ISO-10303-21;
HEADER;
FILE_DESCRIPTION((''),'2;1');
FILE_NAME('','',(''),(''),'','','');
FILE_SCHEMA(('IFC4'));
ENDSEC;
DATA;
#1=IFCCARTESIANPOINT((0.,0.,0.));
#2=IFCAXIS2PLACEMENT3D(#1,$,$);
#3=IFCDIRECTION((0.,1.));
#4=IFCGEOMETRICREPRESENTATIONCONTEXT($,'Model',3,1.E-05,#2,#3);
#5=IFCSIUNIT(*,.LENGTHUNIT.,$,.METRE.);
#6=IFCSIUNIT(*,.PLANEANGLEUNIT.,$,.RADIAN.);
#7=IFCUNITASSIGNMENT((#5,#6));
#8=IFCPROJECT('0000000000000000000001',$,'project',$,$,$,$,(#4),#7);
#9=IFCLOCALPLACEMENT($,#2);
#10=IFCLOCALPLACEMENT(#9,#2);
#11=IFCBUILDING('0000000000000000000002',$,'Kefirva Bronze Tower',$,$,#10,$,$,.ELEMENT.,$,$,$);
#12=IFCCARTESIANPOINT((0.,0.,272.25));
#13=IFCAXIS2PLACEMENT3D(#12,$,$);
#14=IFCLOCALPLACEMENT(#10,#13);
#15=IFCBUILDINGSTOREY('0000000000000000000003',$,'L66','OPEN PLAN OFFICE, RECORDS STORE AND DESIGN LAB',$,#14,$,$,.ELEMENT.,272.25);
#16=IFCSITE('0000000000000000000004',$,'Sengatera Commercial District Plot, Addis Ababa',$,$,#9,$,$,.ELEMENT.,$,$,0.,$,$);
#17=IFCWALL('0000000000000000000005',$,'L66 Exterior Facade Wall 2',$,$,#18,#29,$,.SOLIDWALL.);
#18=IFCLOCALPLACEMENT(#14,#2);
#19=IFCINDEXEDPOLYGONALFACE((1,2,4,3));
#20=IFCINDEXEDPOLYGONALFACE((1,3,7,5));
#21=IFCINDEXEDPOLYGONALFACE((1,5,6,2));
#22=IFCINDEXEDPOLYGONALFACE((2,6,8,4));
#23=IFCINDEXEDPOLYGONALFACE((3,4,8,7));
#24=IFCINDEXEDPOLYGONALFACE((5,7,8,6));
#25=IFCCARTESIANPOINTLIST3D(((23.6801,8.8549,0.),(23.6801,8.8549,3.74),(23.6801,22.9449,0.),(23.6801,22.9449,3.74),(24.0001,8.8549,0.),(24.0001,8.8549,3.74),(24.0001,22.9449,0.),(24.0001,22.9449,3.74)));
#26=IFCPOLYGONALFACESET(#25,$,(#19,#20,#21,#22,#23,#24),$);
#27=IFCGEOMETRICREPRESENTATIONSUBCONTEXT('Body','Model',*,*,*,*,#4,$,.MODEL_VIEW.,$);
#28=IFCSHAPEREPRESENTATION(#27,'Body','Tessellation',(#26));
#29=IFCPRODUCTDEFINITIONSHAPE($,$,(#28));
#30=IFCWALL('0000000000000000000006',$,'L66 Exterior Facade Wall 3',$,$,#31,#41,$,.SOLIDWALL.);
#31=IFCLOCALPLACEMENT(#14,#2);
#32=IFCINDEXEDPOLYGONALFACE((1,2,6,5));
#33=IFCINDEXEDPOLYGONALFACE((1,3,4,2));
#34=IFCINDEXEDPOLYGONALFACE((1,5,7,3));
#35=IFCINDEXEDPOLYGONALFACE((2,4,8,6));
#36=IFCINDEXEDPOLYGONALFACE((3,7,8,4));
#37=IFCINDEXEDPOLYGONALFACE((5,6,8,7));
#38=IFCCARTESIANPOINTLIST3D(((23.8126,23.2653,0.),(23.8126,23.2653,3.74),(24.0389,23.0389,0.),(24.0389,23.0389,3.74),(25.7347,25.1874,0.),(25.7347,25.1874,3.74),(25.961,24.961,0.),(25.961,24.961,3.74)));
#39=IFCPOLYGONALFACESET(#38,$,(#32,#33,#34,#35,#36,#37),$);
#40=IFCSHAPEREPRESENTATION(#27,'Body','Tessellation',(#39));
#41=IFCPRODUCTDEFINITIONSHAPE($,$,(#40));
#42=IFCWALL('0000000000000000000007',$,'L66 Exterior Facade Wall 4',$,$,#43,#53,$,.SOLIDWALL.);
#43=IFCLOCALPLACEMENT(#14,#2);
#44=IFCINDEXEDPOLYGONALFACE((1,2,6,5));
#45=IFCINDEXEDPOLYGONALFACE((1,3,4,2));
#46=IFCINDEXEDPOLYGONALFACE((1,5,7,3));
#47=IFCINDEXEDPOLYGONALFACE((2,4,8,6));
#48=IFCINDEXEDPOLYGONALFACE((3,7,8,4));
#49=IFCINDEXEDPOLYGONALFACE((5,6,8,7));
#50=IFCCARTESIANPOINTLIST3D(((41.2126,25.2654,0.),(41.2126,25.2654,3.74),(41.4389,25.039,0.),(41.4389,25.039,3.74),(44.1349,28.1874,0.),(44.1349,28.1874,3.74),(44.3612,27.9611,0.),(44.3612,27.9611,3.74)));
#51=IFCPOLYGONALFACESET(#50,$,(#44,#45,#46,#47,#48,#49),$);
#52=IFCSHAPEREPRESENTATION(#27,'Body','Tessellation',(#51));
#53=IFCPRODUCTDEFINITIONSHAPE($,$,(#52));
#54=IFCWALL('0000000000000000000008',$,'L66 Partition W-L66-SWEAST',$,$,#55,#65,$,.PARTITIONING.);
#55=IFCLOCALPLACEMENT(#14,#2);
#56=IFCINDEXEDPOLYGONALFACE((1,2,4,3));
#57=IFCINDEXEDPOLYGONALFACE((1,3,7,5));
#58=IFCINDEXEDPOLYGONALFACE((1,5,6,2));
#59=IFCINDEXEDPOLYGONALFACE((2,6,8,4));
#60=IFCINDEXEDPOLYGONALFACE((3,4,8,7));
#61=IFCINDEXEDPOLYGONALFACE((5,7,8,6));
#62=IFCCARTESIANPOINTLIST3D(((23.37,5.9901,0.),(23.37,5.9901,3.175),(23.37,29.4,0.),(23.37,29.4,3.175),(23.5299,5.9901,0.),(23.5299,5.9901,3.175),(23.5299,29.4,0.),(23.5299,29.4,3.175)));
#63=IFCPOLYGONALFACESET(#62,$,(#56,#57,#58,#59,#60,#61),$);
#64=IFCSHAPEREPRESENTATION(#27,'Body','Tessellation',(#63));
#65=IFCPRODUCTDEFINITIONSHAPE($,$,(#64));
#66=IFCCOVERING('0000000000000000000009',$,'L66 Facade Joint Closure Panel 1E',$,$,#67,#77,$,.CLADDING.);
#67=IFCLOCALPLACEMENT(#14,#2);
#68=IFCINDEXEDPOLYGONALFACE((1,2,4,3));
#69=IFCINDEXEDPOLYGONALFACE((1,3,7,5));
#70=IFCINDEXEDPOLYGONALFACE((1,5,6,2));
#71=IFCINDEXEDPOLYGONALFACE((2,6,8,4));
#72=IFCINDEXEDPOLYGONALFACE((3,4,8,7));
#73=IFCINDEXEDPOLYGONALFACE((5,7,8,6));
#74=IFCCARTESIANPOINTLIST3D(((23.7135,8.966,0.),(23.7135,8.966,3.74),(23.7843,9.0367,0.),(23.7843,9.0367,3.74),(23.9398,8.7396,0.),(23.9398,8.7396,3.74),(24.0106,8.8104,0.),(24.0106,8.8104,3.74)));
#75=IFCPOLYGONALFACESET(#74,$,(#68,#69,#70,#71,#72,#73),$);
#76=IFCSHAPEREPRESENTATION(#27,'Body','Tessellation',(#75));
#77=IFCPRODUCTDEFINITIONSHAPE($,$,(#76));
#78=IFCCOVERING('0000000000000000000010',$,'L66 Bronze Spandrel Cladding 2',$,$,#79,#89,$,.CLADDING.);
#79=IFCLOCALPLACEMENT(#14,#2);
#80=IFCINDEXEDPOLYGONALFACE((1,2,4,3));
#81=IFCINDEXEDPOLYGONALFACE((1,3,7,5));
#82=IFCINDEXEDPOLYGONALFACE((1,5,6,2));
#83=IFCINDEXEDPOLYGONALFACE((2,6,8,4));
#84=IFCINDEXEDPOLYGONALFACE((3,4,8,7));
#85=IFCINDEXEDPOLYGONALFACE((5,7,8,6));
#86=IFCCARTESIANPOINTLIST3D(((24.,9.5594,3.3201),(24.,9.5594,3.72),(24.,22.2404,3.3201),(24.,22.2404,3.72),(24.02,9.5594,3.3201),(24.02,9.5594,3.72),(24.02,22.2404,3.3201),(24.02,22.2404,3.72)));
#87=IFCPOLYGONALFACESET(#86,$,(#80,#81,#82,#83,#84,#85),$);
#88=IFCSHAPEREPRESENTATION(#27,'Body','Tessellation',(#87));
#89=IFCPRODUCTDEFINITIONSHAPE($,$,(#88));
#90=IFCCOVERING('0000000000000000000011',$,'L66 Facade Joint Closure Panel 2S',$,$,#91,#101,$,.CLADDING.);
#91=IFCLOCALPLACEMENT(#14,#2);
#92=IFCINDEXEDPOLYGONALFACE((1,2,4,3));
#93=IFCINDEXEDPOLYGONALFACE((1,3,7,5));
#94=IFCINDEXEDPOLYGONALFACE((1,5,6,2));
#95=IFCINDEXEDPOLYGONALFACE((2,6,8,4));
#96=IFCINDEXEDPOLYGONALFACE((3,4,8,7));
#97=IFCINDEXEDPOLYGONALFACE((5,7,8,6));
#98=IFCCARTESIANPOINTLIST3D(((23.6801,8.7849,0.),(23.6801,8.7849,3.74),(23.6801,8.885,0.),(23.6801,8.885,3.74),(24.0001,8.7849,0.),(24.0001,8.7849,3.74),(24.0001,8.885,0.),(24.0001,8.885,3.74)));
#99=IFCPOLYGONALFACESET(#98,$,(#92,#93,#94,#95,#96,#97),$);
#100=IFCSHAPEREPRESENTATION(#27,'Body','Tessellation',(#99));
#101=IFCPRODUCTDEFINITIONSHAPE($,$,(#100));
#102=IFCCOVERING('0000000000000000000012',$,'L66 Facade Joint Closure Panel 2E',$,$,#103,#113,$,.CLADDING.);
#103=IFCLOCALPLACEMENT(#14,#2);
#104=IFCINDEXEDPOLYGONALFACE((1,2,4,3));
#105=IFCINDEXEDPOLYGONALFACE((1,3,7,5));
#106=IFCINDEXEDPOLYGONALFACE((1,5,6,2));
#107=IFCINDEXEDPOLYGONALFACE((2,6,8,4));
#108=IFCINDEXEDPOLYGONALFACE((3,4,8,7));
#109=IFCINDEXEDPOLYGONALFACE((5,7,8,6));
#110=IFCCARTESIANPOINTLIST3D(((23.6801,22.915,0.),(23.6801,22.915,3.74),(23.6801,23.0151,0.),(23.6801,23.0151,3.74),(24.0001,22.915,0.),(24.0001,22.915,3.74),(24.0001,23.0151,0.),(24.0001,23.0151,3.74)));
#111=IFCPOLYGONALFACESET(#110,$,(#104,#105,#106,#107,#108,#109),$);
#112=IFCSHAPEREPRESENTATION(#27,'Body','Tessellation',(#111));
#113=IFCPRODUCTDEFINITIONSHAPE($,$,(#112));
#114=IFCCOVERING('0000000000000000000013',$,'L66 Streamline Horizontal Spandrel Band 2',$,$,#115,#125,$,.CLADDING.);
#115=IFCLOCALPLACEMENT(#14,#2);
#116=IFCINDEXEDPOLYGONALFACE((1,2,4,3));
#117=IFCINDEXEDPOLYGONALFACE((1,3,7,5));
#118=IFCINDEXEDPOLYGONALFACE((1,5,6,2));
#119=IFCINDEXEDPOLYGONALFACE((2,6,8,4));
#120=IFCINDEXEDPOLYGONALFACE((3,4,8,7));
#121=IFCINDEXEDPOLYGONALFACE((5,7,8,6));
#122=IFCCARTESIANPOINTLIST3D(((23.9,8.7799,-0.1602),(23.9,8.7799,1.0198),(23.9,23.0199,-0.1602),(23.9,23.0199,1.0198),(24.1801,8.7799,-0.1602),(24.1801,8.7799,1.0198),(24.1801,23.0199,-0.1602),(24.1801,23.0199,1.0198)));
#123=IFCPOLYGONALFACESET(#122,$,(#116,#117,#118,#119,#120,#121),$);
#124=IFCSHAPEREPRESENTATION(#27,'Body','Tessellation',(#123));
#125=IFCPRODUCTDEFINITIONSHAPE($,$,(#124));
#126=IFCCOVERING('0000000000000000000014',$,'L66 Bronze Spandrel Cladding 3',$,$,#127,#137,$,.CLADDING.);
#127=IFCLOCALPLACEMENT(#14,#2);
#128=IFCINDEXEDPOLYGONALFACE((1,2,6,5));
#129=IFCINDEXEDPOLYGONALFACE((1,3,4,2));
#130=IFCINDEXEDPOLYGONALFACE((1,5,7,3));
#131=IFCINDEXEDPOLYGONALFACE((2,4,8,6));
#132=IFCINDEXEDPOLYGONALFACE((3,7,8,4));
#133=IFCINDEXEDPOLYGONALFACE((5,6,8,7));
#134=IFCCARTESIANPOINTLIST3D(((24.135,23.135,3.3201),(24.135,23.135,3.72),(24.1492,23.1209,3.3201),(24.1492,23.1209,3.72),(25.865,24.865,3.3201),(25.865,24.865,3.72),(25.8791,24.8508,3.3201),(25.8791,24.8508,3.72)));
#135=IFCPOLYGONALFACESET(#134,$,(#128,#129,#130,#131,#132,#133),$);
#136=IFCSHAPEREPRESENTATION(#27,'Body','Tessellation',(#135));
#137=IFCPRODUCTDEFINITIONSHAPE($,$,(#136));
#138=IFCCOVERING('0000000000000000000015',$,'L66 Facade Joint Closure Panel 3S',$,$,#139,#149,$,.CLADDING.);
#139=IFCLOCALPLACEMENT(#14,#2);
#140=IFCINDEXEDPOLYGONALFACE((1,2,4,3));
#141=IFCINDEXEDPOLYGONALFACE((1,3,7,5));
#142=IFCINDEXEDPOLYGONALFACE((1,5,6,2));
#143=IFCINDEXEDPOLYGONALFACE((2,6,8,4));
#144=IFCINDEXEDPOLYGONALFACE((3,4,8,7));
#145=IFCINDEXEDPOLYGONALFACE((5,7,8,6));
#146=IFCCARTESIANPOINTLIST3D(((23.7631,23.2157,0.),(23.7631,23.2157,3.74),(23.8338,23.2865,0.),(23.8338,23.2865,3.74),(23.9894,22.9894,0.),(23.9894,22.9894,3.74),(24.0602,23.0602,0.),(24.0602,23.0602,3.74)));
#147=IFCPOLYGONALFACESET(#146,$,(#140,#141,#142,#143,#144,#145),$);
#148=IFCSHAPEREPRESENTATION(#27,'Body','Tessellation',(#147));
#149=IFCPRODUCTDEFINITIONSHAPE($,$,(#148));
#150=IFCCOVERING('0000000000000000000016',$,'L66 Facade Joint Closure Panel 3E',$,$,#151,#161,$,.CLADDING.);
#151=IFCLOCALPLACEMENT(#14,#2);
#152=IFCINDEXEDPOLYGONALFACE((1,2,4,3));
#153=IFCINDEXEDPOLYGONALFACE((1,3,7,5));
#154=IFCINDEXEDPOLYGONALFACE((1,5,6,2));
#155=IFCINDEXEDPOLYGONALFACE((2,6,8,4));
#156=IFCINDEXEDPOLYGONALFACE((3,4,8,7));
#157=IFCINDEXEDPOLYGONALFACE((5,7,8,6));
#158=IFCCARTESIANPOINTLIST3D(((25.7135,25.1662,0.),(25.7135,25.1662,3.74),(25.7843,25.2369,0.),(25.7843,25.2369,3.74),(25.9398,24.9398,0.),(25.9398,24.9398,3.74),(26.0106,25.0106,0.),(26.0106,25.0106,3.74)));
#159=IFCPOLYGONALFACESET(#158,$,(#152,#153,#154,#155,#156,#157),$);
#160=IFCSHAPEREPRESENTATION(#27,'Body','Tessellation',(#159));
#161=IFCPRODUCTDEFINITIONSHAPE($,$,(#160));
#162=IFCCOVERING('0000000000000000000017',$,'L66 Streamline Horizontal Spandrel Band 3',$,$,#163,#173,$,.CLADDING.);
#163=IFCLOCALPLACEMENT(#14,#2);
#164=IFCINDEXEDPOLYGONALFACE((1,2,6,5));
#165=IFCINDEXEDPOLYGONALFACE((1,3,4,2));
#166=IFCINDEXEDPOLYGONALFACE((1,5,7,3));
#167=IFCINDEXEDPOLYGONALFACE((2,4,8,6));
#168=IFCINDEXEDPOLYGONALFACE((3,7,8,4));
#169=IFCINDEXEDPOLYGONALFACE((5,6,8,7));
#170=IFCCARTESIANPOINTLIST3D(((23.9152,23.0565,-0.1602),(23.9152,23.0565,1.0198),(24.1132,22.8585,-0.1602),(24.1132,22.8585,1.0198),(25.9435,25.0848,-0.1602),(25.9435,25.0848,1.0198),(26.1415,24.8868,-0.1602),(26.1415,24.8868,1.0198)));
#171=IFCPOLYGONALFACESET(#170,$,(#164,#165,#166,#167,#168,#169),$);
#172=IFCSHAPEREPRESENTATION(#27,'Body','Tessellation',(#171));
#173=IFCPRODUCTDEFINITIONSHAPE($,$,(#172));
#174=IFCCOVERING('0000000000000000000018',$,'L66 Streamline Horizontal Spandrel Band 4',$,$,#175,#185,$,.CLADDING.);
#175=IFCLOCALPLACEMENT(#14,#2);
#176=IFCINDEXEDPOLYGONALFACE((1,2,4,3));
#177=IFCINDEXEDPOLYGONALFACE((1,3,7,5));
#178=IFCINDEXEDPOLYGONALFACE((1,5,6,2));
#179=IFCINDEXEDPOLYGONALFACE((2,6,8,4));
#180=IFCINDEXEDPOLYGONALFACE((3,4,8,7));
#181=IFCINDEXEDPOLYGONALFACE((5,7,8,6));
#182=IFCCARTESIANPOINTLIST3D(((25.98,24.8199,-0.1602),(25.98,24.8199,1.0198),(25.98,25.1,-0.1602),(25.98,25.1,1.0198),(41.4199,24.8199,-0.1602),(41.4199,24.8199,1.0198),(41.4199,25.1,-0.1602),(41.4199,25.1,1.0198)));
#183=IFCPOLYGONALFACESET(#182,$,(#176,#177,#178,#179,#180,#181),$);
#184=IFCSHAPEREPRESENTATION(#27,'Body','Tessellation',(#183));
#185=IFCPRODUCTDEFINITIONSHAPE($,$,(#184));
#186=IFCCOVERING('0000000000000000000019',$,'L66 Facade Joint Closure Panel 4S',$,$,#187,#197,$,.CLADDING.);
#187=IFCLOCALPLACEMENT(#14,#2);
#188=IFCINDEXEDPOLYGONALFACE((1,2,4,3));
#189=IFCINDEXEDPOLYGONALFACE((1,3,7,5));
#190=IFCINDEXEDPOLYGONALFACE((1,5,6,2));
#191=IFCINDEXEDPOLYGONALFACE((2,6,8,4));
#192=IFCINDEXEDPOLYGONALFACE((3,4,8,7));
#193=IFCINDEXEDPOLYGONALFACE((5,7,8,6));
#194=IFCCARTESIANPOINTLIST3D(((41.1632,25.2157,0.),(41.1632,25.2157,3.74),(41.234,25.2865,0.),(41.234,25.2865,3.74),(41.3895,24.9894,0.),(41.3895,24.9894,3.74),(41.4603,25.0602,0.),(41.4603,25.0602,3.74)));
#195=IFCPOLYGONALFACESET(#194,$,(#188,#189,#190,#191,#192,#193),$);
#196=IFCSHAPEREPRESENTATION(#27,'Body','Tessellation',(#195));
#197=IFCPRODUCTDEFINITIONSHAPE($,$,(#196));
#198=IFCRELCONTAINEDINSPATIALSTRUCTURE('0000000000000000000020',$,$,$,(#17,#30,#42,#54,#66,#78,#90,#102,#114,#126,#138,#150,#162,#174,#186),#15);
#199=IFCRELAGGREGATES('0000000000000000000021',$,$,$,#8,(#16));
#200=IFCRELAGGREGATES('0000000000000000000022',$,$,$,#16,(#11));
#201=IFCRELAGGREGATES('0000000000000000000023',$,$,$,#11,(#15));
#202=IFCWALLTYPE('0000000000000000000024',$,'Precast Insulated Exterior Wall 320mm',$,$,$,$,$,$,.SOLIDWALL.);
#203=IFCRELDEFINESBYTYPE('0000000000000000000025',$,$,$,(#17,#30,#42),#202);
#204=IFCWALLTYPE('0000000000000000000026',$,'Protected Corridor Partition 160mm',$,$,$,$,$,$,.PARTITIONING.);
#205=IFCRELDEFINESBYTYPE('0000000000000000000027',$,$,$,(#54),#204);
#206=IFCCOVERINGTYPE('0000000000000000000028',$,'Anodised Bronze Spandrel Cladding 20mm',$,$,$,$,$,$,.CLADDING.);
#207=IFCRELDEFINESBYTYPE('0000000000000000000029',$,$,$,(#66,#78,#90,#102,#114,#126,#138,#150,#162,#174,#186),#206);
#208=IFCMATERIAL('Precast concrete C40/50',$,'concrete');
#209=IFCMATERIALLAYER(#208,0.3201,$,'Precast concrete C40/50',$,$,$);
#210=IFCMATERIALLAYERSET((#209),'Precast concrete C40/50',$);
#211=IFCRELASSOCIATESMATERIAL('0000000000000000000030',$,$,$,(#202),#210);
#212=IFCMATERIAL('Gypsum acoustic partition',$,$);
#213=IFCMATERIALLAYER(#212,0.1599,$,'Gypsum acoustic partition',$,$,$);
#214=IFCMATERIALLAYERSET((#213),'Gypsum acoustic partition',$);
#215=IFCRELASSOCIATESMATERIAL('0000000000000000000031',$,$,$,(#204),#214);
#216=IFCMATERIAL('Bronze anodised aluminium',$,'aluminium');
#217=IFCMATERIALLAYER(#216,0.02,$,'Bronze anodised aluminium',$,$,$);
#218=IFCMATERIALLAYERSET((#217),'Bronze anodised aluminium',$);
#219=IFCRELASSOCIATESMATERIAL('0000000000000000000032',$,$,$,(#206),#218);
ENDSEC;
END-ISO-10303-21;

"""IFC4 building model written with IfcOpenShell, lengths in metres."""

from ifc_helpers import new_model, si_unit, direction, frame, frame_2d, origin, origin_2d, place, context, subcontext, project, spatial, rectangle, extrude, material, layer, layer_set, type_object, element, save


model = new_model("IFC4")

# Units and contexts
model_context = context("Model", 3, precision=1e-05, world=origin(), true_north=direction((0.0, 1.0)))
body_context = subcontext(model_context, "Body", "Model", "MODEL_VIEW")
ifc_project = project(units=[si_unit("LENGTHUNIT", "METRE"), si_unit("PLANEANGLEUNIT", "RADIAN")], contexts=[model_context])

# Site, building, storey
site_placement = place(None, origin())
site = spatial("IfcSite", under=ifc_project, at=site_placement, Name="Sengatera Commercial District Plot, Addis Ababa", CompositionType="ELEMENT", RefElevation=0.0)
building_placement = place(site_placement, origin())
building = spatial("IfcBuilding", under=site, at=building_placement, Name="Kefirva Bronze Tower", CompositionType="ELEMENT")
storey_placement = place(building_placement, frame((0.0, 0.0, 272.25)))
storey = spatial("IfcBuildingStorey", under=building, at=storey_placement, Name="L66", Description="OPEN PLAN OFFICE, RECORDS STORE AND DESIGN LAB", CompositionType="ELEMENT", Elevation=272.25)

# Shared definitions
ifc_material_1 = material(Name="Bronze anodised aluminium", Category="aluminium")

# Walls
ifc_material_2 = material(Name="Precast concrete C40/50", Category="concrete")
ifc_layer_1 = layer(ifc_material_2, 0.3201, Name="Precast concrete C40/50")
ifc_layer_set_1 = layer_set([ifc_layer_1], Name="Precast concrete C40/50")
wall_type_1 = type_object("IfcWallType", Name="Precast Insulated Exterior Wall 320mm", PredefinedType="SOLIDWALL", material=ifc_layer_set_1)
wall_1_placement = place(storey_placement, frame((23.8401, 8.855, 0.0), z_axis=(0.0, 0.0, 1.0), x_axis=(0.0, 1.0, 0.0)))
element("IfcWall", 1, at=wall_1_placement, inside=storey, type_object=wall_type_1, Name="L66 Exterior Facade Wall 2", PredefinedType="SOLIDWALL", context=body_context, shape_type="SweptSolid", body=[
    extrude(rectangle(XDim=14.0901, YDim=0.3201, at=frame_2d((7.0449, 0.0))), origin(), (0.0, 0.0, 1.0), 3.74),
])
wall_2_placement = place(storey_placement, frame((23.9258, 23.1521, 0.0), z_axis=(0.0, 0.0, 1.0), x_axis=(0.707107, 0.707107, 0.0)))
element("IfcWall", 2, at=wall_2_placement, inside=storey, type_object=wall_type_1, Name="L66 Exterior Facade Wall 3", PredefinedType="SOLIDWALL", context=body_context, shape_type="SweptSolid", body=[
    extrude(rectangle(XDim=2.7183, YDim=0.3201, at=frame_2d((1.3591, 0.0))), origin(), (0.0, 0.0, 1.0), 3.74),
])
wall_3_placement = place(storey_placement, frame((41.3257, 25.1521, 0.0), z_axis=(0.0, 0.0, 1.0), x_axis=(0.707136, 0.707077, 0.0)))
element("IfcWall", 3, at=wall_3_placement, inside=storey, type_object=wall_type_1, Name="L66 Exterior Facade Wall 4", PredefinedType="SOLIDWALL", context=body_context, shape_type="SweptSolid", body=[
    extrude(rectangle(XDim=4.1326, YDim=0.3201, at=frame_2d((2.0664, 0.0))), origin(), (0.0, 0.0, 1.0), 3.74),
])
ifc_material_3 = material(Name="Gypsum acoustic partition")
ifc_layer_2 = layer(ifc_material_3, 0.1599, Name="Gypsum acoustic partition")
ifc_layer_set_2 = layer_set([ifc_layer_2], Name="Gypsum acoustic partition")
wall_type_2 = type_object("IfcWallType", Name="Protected Corridor Partition 160mm", PredefinedType="PARTITIONING", material=ifc_layer_set_2)
wall_4_placement = place(storey_placement, frame((23.45, 5.99, 0.0), z_axis=(0.0, 0.0, 1.0), x_axis=(0.0, 1.0, 0.0)))
element("IfcWall", 4, at=wall_4_placement, inside=storey, type_object=wall_type_2, Name="L66 Partition W-L66-SWEAST", PredefinedType="PARTITIONING", context=body_context, shape_type="SweptSolid", body=[
    extrude(rectangle(XDim=23.4099, YDim=0.1599, at=frame_2d((11.7051, 0.0))), origin(), (0.0, 0.0, 1.0), 3.175),
])

# Coverings
ifc_layer_3 = layer(ifc_material_1, 0.02, Name="Bronze anodised aluminium")
ifc_layer_set_3 = layer_set([ifc_layer_3], Name="Bronze anodised aluminium")
covering_type_1 = type_object("IfcCoveringType", Name="Anodised Bronze Spandrel Cladding 20mm", PredefinedType="CLADDING", material=ifc_layer_set_3)
covering_1_placement = place(storey_placement, frame((23.8621, 8.8882, 0.0), z_axis=(0.0, 0.0, 1.0), x_axis=(0.707107, 0.707107, 0.0)))
element("IfcCovering", 5, at=covering_1_placement, inside=storey, type_object=covering_type_1, Name="L66 Facade Joint Closure Panel 1E", PredefinedType="CLADDING", context=body_context, shape_type="SweptSolid", body=[
    extrude(rectangle(XDim=0.1001, YDim=0.3201, at=origin_2d()), origin(), (0.0, 0.0, 1.0), 3.74),
])
covering_2_placement = place(storey_placement, frame((24.01, 15.8999, 3.3201), z_axis=(0.0, 0.0, 1.0), x_axis=(0.0, 1.0, 0.0)))
element("IfcCovering", 6, at=covering_2_placement, inside=storey, type_object=covering_type_1, Name="L66 Bronze Spandrel Cladding 2", PredefinedType="CLADDING", context=body_context, shape_type="SweptSolid", body=[
    extrude(rectangle(XDim=12.6809, YDim=0.02, at=origin_2d()), origin(), (0.0, 0.0, 1.0), 0.3999),
])
for number, where, z_axis, x_axis, name in (
    (7, (23.8401, 8.835, 0.0), (0.0, 0.0, 1.0), (0.0, 1.0, 0.0), "L66 Facade Joint Closure Panel 2S"),
    (8, (23.8401, 22.9651, 0.0), (0.0, 0.0, 1.0), (0.0, 1.0, 0.0), "L66 Facade Joint Closure Panel 2E"),
):
    element("IfcCovering", number, at=place(storey_placement, frame(where, z_axis=z_axis, x_axis=x_axis)), inside=storey, type_object=covering_type_1, Name=name, PredefinedType="CLADDING", context=body_context, shape_type="SweptSolid", body=[
        extrude(rectangle(XDim=0.1001, YDim=0.3201, at=origin_2d()), origin(), (0.0, 0.0, 1.0), 3.74),
    ])
covering_3_placement = place(storey_placement, frame((24.04, 15.8999, -0.1602), z_axis=(0.0, 0.0, 1.0), x_axis=(0.0, 1.0, 0.0)))
element("IfcCovering", 9, at=covering_3_placement, inside=storey, type_object=covering_type_1, Name="L66 Streamline Horizontal Spandrel Band 2", PredefinedType="CLADDING", context=body_context, shape_type="SweptSolid", body=[
    extrude(rectangle(XDim=14.24, YDim=0.28, at=origin_2d()), origin(), (0.0, 0.0, 1.0), 1.1799),
])
covering_4_placement = place(storey_placement, frame((25.0071, 23.9929, 3.3201), z_axis=(0.0, 0.0, 1.0), x_axis=(0.707107, 0.707107, 0.0)))
element("IfcCovering", 10, at=covering_4_placement, inside=storey, type_object=covering_type_1, Name="L66 Bronze Spandrel Cladding 3", PredefinedType="CLADDING", context=body_context, shape_type="SweptSolid", body=[
    extrude(rectangle(XDim=2.4465, YDim=0.02, at=origin_2d()), origin(), (0.0, 0.0, 1.0), 0.3999),
])
for number, where, z_axis, x_axis, name in (
    (11, (23.9116, 23.1379, 0.0), (0.0, 0.0, 1.0), (0.707107, 0.707107, 0.0), "L66 Facade Joint Closure Panel 3S"),
    (12, (25.8621, 25.0884, 0.0), (0.0, 0.0, 1.0), (0.707107, 0.707107, 0.0), "L66 Facade Joint Closure Panel 3E"),
):
    element("IfcCovering", number, at=place(storey_placement, frame(where, z_axis=z_axis, x_axis=x_axis)), inside=storey, type_object=covering_type_1, Name=name, PredefinedType="CLADDING", context=body_context, shape_type="SweptSolid", body=[
        extrude(rectangle(XDim=0.1001, YDim=0.3201, at=origin_2d()), origin(), (0.0, 0.0, 1.0), 3.74),
    ])
covering_5_placement = place(storey_placement, frame((25.0283, 23.9717, -0.1602), z_axis=(0.0, 0.0, 1.0), x_axis=(0.707107, 0.707107, 0.0)))
element("IfcCovering", 13, at=covering_5_placement, inside=storey, type_object=covering_type_1, Name="L66 Streamline Horizontal Spandrel Band 3", PredefinedType="CLADDING", context=body_context, shape_type="SweptSolid", body=[
    extrude(rectangle(XDim=2.8684, YDim=0.28, at=origin_2d()), origin(), (0.0, 0.0, 1.0), 1.1799),
])
covering_6_placement = place(storey_placement, frame((33.7, 24.96, -0.1602), z_axis=(0.0, 0.0, 1.0), x_axis=(1.0, 0.0, 0.0)))
element("IfcCovering", 14, at=covering_6_placement, inside=storey, type_object=covering_type_1, Name="L66 Streamline Horizontal Spandrel Band 4", PredefinedType="CLADDING", context=body_context, shape_type="SweptSolid", body=[
    extrude(rectangle(XDim=15.4399, YDim=0.28, at=origin_2d()), origin(), (0.0, 0.0, 1.0), 1.1799),
])
covering_7_placement = place(storey_placement, frame((41.3118, 25.1379, 0.0), z_axis=(0.0, 0.0, 1.0), x_axis=(0.707107, 0.707107, 0.0)))
element("IfcCovering", 15, at=covering_7_placement, inside=storey, type_object=covering_type_1, Name="L66 Facade Joint Closure Panel 4S", PredefinedType="CLADDING", context=body_context, shape_type="SweptSolid", body=[
    extrude(rectangle(XDim=0.1001, YDim=0.3201, at=origin_2d()), origin(), (0.0, 0.0, 1.0), 3.74),
])

save(model, "model.ifc")
